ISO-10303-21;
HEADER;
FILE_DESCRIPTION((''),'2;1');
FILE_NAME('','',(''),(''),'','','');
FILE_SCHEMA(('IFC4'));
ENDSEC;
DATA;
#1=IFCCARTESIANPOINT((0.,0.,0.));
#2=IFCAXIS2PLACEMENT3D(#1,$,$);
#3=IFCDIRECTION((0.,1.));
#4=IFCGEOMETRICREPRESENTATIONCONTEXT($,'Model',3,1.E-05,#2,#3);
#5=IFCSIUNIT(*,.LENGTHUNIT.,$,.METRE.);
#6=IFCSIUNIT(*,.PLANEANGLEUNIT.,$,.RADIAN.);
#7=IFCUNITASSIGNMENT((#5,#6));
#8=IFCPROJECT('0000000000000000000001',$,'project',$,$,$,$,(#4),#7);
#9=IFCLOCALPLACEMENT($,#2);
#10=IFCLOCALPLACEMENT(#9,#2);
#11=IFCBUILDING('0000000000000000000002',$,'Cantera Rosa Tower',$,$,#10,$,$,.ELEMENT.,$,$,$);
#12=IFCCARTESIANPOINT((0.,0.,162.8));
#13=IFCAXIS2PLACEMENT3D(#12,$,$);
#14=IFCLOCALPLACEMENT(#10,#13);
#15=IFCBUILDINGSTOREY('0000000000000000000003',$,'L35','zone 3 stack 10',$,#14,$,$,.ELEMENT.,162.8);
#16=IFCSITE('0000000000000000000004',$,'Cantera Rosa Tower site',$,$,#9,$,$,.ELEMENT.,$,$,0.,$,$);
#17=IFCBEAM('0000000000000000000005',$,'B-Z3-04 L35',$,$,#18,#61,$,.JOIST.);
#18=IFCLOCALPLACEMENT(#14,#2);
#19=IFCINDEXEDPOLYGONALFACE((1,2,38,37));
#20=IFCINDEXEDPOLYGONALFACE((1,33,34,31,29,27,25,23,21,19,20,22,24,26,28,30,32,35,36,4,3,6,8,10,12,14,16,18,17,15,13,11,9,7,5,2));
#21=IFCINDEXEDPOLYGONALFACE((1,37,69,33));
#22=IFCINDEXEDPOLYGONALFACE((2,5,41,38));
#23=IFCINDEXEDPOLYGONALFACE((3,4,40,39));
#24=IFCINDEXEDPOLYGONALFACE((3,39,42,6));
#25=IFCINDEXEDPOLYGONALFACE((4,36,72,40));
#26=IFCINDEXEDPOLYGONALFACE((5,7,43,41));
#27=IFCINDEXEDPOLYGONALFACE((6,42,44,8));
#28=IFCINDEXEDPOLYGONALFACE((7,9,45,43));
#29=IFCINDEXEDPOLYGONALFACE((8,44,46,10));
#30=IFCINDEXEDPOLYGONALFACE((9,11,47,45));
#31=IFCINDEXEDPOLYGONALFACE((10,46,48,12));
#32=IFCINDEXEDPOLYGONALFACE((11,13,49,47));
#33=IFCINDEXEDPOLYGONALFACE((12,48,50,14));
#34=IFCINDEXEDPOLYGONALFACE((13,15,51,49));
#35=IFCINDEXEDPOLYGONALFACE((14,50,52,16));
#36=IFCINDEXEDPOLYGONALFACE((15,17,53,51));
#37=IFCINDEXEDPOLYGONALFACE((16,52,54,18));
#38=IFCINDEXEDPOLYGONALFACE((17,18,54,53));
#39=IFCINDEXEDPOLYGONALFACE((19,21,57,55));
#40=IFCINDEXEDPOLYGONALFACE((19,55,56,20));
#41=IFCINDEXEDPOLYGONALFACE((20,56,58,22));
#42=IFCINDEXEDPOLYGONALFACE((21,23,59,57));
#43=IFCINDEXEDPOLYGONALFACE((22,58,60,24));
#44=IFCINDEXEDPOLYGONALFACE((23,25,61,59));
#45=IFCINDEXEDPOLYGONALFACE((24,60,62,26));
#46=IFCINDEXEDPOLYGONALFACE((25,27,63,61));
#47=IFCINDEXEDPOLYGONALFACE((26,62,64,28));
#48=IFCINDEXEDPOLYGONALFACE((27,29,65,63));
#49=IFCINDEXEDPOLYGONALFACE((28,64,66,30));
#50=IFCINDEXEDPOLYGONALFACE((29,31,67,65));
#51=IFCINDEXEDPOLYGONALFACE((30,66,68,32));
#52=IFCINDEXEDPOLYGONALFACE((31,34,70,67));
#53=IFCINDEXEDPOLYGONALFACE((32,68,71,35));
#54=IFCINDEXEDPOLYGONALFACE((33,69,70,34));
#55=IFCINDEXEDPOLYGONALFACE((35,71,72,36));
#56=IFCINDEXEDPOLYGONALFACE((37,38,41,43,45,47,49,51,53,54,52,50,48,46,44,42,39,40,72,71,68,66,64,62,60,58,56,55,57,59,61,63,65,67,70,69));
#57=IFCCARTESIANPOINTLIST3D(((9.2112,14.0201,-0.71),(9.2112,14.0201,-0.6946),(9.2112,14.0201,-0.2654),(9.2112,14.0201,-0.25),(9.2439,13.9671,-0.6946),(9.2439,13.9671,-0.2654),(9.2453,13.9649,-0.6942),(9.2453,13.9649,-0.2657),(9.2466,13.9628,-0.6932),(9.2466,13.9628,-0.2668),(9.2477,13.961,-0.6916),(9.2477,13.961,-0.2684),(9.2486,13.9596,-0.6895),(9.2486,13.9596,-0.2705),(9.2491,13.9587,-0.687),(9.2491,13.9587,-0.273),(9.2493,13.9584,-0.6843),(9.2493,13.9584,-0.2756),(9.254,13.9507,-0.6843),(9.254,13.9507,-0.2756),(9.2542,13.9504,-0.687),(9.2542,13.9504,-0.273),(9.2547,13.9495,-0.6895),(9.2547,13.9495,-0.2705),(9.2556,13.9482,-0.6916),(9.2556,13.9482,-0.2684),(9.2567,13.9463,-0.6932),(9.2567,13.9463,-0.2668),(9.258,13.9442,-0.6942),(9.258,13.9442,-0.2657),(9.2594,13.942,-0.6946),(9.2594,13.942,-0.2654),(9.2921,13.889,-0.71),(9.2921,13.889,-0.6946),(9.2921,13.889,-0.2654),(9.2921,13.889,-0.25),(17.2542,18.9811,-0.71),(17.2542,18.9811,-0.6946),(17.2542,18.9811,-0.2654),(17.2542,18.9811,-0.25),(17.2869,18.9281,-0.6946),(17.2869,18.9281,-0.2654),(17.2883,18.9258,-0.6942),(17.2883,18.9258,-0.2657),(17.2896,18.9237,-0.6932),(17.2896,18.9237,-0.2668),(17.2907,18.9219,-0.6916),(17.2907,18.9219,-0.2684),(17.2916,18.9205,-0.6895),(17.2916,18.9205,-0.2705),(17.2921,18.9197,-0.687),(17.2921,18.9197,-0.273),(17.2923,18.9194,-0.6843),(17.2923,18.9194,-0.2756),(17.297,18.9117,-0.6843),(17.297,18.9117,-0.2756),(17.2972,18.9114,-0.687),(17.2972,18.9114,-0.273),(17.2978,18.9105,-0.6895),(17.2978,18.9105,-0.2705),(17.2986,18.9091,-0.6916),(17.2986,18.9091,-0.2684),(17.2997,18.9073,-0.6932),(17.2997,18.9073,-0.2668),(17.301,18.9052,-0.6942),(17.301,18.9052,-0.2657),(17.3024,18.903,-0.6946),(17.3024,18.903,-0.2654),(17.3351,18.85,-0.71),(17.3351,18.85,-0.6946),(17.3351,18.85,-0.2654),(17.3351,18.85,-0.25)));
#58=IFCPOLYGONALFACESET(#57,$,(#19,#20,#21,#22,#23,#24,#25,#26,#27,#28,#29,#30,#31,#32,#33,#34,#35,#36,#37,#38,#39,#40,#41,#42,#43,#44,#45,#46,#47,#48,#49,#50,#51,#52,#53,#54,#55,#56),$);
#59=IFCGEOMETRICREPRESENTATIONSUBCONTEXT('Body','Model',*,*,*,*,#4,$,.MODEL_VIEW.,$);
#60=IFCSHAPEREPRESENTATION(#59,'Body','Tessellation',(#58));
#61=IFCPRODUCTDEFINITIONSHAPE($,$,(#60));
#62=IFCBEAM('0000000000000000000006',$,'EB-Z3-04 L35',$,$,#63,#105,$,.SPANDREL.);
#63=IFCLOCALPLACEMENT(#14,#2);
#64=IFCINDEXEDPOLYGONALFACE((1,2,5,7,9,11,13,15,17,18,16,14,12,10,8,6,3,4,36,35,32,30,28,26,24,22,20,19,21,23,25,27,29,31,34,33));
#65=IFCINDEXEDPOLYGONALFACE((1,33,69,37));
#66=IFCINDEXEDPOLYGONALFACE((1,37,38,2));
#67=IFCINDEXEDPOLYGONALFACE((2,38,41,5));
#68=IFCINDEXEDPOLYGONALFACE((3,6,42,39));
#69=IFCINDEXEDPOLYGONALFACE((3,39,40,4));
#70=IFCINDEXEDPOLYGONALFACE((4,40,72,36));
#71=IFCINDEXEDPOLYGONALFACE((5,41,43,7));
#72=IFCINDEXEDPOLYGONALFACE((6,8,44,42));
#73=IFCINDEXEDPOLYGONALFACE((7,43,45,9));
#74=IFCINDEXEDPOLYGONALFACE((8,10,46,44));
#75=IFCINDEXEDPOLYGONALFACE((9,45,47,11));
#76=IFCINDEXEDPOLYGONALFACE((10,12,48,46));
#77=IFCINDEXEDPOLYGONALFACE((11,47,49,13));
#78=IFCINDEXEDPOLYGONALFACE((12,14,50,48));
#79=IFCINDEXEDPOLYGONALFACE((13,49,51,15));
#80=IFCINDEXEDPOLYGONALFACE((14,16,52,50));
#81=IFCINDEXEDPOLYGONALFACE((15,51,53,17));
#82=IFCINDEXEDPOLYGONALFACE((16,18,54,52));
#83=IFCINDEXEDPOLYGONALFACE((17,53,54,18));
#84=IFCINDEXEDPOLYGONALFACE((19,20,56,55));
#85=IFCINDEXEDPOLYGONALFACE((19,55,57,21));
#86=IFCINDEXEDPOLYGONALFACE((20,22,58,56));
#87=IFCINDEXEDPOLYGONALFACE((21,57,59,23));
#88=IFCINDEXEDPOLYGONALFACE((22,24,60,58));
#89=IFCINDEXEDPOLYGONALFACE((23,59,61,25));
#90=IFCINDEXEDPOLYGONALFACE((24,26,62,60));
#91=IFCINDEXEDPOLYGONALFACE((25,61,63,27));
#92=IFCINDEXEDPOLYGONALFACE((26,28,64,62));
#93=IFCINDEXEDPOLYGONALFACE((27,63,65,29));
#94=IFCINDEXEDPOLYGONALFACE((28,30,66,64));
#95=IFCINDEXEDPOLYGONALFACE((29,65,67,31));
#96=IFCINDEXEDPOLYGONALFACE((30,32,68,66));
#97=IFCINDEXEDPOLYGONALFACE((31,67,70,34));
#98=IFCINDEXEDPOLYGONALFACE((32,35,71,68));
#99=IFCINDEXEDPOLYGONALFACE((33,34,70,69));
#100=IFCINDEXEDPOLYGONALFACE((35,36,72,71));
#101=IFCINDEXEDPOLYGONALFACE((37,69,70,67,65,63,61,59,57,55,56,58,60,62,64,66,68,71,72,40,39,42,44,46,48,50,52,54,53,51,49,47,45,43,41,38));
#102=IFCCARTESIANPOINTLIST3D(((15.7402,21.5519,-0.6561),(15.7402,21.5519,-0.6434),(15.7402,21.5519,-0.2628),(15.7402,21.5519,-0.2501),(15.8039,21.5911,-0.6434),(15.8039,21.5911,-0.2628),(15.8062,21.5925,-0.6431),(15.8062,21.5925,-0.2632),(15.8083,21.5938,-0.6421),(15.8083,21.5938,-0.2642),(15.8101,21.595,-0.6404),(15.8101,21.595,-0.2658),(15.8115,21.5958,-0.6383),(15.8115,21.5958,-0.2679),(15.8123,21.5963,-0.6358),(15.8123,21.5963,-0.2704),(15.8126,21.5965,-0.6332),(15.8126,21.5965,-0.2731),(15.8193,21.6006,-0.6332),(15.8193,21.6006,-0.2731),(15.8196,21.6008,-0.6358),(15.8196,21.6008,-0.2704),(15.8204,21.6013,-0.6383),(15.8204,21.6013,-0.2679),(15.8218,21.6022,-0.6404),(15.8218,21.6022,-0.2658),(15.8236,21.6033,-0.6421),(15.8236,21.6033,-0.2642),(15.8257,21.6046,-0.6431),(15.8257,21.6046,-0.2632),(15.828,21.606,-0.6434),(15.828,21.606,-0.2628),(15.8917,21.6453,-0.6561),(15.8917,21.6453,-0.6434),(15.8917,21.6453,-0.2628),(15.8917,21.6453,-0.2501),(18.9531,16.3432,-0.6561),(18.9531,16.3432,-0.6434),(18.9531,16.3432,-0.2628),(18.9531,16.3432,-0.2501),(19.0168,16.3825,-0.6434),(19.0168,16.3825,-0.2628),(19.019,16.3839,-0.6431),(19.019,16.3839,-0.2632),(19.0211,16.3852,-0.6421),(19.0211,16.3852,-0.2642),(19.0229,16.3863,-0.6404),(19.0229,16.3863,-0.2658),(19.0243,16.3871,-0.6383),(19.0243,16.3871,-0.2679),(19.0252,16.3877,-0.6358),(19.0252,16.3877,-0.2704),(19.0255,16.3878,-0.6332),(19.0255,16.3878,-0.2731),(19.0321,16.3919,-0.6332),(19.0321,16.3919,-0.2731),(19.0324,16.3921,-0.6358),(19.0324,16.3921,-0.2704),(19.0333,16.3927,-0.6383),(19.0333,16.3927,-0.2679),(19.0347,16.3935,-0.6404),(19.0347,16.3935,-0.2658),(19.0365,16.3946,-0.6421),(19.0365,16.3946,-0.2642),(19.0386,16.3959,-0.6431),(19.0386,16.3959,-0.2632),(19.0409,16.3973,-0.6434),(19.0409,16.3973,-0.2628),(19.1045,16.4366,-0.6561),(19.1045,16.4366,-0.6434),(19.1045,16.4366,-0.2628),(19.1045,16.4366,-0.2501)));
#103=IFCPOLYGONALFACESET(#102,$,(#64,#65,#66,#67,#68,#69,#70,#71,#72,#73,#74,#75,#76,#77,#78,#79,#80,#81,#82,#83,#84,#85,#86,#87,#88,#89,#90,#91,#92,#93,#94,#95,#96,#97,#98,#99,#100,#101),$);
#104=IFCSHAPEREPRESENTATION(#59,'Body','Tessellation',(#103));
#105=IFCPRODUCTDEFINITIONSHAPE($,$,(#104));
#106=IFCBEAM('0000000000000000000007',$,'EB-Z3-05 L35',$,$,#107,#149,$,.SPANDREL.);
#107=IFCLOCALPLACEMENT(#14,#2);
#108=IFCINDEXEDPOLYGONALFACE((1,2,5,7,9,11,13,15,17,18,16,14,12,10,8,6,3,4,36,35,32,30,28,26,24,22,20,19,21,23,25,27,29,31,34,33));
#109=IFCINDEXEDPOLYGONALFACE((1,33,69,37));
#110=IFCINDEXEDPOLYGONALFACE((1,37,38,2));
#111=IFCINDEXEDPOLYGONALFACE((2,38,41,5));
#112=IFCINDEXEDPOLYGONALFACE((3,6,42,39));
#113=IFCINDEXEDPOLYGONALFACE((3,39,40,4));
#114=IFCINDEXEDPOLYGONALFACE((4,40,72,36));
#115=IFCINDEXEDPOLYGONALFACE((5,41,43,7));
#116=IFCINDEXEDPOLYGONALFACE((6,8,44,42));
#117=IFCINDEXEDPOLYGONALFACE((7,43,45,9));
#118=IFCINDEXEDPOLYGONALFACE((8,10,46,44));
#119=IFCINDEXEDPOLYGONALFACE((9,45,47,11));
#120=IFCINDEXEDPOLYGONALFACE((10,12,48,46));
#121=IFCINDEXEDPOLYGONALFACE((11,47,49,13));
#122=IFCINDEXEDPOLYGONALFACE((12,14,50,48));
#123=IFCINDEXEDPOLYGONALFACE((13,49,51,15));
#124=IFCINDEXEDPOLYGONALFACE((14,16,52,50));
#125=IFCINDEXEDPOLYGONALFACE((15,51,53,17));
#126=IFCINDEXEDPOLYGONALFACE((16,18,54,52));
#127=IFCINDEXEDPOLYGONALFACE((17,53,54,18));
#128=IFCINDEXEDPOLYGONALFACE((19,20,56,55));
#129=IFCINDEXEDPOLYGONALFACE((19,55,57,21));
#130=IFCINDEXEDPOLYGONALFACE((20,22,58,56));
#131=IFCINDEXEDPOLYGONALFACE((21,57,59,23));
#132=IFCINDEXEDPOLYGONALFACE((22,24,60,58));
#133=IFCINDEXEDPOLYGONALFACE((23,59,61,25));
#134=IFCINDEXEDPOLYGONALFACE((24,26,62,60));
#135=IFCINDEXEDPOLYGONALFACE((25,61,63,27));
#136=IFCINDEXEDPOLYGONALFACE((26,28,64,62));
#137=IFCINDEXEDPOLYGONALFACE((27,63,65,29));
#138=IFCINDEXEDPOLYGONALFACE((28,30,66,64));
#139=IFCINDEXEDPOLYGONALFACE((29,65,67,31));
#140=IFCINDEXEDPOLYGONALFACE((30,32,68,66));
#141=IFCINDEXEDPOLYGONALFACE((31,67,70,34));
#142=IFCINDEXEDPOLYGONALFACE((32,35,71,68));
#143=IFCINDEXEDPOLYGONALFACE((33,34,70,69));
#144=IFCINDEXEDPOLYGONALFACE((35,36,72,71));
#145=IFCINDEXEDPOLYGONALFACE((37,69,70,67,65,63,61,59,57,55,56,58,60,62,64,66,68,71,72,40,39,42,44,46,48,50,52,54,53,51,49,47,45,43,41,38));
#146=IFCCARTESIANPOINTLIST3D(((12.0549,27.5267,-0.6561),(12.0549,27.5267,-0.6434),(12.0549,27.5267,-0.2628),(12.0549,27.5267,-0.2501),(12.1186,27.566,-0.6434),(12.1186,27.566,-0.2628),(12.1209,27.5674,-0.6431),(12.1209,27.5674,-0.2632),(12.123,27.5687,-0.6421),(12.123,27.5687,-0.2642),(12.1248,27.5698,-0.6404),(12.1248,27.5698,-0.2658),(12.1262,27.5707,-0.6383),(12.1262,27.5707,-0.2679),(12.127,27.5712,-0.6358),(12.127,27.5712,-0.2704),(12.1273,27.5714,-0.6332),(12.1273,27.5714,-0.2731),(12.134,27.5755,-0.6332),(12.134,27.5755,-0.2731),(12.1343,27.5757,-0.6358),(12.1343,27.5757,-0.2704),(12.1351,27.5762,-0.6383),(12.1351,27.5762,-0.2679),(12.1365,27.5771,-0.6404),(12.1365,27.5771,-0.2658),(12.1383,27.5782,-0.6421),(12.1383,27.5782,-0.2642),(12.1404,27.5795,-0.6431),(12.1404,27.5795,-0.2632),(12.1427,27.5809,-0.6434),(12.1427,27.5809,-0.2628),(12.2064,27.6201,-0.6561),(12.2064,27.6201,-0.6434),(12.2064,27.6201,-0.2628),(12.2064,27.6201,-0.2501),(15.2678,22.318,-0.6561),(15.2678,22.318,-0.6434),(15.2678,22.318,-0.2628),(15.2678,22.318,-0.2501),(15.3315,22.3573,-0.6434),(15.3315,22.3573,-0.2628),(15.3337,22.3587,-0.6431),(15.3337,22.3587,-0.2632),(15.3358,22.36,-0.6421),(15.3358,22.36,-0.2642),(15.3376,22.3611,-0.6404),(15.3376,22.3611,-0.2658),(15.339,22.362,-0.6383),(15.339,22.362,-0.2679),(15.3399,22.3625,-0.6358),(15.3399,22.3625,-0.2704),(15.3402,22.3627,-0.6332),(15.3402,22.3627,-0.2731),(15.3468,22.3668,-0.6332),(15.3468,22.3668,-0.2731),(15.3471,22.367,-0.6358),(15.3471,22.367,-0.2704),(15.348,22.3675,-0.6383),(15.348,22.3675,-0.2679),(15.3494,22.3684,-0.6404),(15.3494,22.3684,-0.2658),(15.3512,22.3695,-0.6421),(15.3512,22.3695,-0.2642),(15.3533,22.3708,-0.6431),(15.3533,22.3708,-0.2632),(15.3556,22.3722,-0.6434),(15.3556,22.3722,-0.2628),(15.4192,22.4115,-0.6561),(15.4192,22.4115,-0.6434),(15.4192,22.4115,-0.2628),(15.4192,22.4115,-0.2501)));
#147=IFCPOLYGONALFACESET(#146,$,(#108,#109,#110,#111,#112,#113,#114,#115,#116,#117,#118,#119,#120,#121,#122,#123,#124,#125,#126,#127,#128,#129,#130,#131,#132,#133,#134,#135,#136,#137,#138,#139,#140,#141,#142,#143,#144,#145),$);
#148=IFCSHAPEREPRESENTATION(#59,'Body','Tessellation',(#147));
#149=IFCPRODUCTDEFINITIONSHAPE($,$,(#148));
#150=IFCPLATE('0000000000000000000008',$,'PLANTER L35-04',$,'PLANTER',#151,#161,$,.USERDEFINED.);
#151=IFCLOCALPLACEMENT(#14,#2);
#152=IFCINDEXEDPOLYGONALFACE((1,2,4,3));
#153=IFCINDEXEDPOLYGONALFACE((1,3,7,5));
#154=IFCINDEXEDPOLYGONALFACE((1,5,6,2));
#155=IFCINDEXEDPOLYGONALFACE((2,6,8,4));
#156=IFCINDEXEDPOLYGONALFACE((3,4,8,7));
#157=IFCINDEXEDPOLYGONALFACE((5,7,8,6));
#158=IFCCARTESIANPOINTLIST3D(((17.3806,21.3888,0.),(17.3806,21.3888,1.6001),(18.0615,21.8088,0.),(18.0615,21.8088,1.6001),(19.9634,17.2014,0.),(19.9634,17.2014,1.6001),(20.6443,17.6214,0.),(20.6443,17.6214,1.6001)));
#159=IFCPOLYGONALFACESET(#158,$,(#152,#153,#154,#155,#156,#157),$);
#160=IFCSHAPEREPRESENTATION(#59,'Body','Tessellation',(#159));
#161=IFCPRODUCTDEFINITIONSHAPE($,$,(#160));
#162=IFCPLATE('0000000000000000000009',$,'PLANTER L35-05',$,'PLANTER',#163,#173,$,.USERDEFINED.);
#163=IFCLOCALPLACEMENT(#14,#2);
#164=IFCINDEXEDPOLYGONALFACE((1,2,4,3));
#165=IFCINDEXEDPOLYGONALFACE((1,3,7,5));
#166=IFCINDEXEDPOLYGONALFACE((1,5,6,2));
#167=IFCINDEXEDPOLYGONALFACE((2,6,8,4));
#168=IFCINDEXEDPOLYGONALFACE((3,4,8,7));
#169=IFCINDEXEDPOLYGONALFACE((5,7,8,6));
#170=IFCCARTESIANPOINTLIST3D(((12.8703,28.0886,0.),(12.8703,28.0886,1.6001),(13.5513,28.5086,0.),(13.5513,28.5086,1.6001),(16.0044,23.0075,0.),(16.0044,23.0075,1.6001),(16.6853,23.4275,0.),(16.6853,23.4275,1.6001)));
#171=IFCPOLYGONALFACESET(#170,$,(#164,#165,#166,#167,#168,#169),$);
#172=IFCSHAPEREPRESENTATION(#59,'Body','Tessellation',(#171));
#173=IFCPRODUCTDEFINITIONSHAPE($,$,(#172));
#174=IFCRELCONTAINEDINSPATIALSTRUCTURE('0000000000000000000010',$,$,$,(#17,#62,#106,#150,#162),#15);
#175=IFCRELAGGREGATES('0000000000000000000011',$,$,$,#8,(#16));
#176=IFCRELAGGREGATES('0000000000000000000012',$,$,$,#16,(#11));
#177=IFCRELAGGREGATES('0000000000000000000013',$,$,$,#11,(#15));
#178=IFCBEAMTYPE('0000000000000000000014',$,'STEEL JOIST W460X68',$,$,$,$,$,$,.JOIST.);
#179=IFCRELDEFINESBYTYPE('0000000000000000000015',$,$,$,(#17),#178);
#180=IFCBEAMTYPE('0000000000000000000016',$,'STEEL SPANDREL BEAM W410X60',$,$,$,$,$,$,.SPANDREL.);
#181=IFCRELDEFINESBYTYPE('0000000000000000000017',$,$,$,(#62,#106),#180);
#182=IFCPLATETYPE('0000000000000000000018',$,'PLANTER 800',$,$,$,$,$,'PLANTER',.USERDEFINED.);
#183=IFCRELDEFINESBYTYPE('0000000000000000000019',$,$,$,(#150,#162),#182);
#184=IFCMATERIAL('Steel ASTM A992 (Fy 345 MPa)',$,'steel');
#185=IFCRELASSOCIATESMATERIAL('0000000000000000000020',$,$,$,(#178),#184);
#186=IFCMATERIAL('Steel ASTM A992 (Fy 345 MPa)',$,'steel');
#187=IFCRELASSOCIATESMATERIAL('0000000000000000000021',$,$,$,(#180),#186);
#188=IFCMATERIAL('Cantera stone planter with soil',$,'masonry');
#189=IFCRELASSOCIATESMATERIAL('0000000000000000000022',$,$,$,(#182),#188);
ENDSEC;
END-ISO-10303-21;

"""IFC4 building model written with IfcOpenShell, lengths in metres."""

from ifc_helpers import new_model, si_unit, direction, frame, origin, origin_2d, place, context, subcontext, project, spatial, rectangle, i_section, extrude, material, material_profile, profile_set, type_object, element, save


model = new_model("IFC4")

# Units and contexts
model_context = context("Model", 3, precision=1e-05, world=origin(), true_north=direction((0.0, 1.0)))
body_context = subcontext(model_context, "Body", "Model", "MODEL_VIEW")
ifc_project = project(units=[si_unit("LENGTHUNIT", "METRE"), si_unit("PLANEANGLEUNIT", "RADIAN")], contexts=[model_context])

# Site, building, storey
site_placement = place(None, origin())
site = spatial("IfcSite", under=ifc_project, at=site_placement, Name="Cantera Rosa Tower site", CompositionType="ELEMENT", RefElevation=0.0)
building_placement = place(site_placement, origin())
building = spatial("IfcBuilding", under=site, at=building_placement, Name="Cantera Rosa Tower", CompositionType="ELEMENT")
storey_placement = place(building_placement, frame((0.0, 0.0, 162.8)))
storey = spatial("IfcBuildingStorey", under=building, at=storey_placement, Name="L35", Description="zone 3 stack 10", CompositionType="ELEMENT", Elevation=162.8)

# Beams
ifc_material_1 = material(Name="Steel ASTM A992 (Fy 345 MPa)", Category="steel")
ifc_material_profile_1 = material_profile(ifc_material_1, i_section(OverallWidth=0.1541, OverallDepth=0.46, WebThickness=0.009, FlangeThickness=0.0154, FilletRadius=0.0103, at=origin_2d()), Name="W460X68")
ifc_profile_set_1 = profile_set([ifc_material_profile_1], Name="Steel ASTM A992 (Fy 345 MPa)")
beam_type_1 = type_object("IfcBeamType", Name="STEEL JOIST W460X68", PredefinedType="JOIST", material=ifc_profile_set_1)
beam_1_placement = place(storey_placement, frame((17.2947, 18.9155, -0.48), z_axis=(-0.851119, -0.524974, 0.0), x_axis=(0.524974, -0.851119, 0.0)))
element("IfcBeam", 1, at=beam_1_placement, inside=storey, type_object=beam_type_1, Name="B-Z3-04 L35", PredefinedType="JOIST", context=body_context, shape_type="SweptSolid", body=[
    extrude(i_section(OverallWidth=0.1541, OverallDepth=0.46, WebThickness=0.009, FlangeThickness=0.0154, FilletRadius=0.0103, at=origin_2d()), origin(), (0.0, 0.0, 1.0), 9.45),
])
ifc_material_2 = material(Name="Steel ASTM A992 (Fy 345 MPa)", Category="steel")
ifc_material_profile_2 = material_profile(ifc_material_2, i_section(OverallWidth=0.178, OverallDepth=0.406, WebThickness=0.0078, FlangeThickness=0.0127, FilletRadius=0.0103, at=origin_2d()), Name="W410X60")
ifc_profile_set_2 = profile_set([ifc_material_profile_2], Name="Steel ASTM A992 (Fy 345 MPa)")
beam_type_2 = type_object("IfcBeamType", Name="STEEL SPANDREL BEAM W410X60", PredefinedType="SPANDREL", material=ifc_profile_set_2)
for number, where, z_axis, x_axis, name in (
    (2, (19.0288, 16.3899, -0.4531), (-0.524987, 0.85111, 0.0), (-0.85111, -0.524987, 0.0), "EB-Z3-04 L35"),
    (3, (15.3435, 22.3647, -0.4531), (-0.524987, 0.85111, 0.0), (-0.85111, -0.524987, 0.0), "EB-Z3-05 L35"),
):
    element("IfcBeam", number, at=place(storey_placement, frame(where, z_axis=z_axis, x_axis=x_axis)), inside=storey, type_object=beam_type_2, Name=name, PredefinedType="SPANDREL", context=body_context, shape_type="SweptSolid", body=[
        extrude(i_section(OverallWidth=0.178, OverallDepth=0.406, WebThickness=0.0078, FlangeThickness=0.0127, FilletRadius=0.0103, at=origin_2d()), origin(), (0.0, 0.0, 1.0), 6.1199),
    ])

# Plates
ifc_material_3 = material(Name="Cantera stone planter with soil", Category="masonry")
plate_type = type_object("IfcPlateType", Name="PLANTER 800", ElementType="PLANTER", PredefinedType="USERDEFINED", material=ifc_material_3)
plate_1_placement = place(storey_placement, frame((19.0125, 19.5051, 0.0), z_axis=(0.0, 0.0, 1.0), x_axis=(-0.524977, 0.851117, 0.0)))
element("IfcPlate", 4, at=plate_1_placement, inside=storey, type_object=plate_type, Name="PLANTER L35-04", ObjectType="PLANTER", PredefinedType="USERDEFINED", context=body_context, shape_type="SweptSolid", body=[
    extrude(rectangle(XDim=4.9199, YDim=0.8, at=origin_2d()), origin(), (0.0, 0.0, 1.0), 1.6001),
])
plate_2_placement = place(storey_placement, frame((14.7778, 25.7581, 0.0), z_axis=(0.0, 0.0, 1.0), x_axis=(-0.524977, 0.851117, 0.0)))
element("IfcPlate", 5, at=plate_2_placement, inside=storey, type_object=plate_type, Name="PLANTER L35-05", ObjectType="PLANTER", PredefinedType="USERDEFINED", context=body_context, shape_type="SweptSolid", body=[
    extrude(rectangle(XDim=5.97, YDim=0.8, at=origin_2d()), origin(), (0.0, 0.0, 1.0), 1.6001),
])

save(model, "model.ifc")
